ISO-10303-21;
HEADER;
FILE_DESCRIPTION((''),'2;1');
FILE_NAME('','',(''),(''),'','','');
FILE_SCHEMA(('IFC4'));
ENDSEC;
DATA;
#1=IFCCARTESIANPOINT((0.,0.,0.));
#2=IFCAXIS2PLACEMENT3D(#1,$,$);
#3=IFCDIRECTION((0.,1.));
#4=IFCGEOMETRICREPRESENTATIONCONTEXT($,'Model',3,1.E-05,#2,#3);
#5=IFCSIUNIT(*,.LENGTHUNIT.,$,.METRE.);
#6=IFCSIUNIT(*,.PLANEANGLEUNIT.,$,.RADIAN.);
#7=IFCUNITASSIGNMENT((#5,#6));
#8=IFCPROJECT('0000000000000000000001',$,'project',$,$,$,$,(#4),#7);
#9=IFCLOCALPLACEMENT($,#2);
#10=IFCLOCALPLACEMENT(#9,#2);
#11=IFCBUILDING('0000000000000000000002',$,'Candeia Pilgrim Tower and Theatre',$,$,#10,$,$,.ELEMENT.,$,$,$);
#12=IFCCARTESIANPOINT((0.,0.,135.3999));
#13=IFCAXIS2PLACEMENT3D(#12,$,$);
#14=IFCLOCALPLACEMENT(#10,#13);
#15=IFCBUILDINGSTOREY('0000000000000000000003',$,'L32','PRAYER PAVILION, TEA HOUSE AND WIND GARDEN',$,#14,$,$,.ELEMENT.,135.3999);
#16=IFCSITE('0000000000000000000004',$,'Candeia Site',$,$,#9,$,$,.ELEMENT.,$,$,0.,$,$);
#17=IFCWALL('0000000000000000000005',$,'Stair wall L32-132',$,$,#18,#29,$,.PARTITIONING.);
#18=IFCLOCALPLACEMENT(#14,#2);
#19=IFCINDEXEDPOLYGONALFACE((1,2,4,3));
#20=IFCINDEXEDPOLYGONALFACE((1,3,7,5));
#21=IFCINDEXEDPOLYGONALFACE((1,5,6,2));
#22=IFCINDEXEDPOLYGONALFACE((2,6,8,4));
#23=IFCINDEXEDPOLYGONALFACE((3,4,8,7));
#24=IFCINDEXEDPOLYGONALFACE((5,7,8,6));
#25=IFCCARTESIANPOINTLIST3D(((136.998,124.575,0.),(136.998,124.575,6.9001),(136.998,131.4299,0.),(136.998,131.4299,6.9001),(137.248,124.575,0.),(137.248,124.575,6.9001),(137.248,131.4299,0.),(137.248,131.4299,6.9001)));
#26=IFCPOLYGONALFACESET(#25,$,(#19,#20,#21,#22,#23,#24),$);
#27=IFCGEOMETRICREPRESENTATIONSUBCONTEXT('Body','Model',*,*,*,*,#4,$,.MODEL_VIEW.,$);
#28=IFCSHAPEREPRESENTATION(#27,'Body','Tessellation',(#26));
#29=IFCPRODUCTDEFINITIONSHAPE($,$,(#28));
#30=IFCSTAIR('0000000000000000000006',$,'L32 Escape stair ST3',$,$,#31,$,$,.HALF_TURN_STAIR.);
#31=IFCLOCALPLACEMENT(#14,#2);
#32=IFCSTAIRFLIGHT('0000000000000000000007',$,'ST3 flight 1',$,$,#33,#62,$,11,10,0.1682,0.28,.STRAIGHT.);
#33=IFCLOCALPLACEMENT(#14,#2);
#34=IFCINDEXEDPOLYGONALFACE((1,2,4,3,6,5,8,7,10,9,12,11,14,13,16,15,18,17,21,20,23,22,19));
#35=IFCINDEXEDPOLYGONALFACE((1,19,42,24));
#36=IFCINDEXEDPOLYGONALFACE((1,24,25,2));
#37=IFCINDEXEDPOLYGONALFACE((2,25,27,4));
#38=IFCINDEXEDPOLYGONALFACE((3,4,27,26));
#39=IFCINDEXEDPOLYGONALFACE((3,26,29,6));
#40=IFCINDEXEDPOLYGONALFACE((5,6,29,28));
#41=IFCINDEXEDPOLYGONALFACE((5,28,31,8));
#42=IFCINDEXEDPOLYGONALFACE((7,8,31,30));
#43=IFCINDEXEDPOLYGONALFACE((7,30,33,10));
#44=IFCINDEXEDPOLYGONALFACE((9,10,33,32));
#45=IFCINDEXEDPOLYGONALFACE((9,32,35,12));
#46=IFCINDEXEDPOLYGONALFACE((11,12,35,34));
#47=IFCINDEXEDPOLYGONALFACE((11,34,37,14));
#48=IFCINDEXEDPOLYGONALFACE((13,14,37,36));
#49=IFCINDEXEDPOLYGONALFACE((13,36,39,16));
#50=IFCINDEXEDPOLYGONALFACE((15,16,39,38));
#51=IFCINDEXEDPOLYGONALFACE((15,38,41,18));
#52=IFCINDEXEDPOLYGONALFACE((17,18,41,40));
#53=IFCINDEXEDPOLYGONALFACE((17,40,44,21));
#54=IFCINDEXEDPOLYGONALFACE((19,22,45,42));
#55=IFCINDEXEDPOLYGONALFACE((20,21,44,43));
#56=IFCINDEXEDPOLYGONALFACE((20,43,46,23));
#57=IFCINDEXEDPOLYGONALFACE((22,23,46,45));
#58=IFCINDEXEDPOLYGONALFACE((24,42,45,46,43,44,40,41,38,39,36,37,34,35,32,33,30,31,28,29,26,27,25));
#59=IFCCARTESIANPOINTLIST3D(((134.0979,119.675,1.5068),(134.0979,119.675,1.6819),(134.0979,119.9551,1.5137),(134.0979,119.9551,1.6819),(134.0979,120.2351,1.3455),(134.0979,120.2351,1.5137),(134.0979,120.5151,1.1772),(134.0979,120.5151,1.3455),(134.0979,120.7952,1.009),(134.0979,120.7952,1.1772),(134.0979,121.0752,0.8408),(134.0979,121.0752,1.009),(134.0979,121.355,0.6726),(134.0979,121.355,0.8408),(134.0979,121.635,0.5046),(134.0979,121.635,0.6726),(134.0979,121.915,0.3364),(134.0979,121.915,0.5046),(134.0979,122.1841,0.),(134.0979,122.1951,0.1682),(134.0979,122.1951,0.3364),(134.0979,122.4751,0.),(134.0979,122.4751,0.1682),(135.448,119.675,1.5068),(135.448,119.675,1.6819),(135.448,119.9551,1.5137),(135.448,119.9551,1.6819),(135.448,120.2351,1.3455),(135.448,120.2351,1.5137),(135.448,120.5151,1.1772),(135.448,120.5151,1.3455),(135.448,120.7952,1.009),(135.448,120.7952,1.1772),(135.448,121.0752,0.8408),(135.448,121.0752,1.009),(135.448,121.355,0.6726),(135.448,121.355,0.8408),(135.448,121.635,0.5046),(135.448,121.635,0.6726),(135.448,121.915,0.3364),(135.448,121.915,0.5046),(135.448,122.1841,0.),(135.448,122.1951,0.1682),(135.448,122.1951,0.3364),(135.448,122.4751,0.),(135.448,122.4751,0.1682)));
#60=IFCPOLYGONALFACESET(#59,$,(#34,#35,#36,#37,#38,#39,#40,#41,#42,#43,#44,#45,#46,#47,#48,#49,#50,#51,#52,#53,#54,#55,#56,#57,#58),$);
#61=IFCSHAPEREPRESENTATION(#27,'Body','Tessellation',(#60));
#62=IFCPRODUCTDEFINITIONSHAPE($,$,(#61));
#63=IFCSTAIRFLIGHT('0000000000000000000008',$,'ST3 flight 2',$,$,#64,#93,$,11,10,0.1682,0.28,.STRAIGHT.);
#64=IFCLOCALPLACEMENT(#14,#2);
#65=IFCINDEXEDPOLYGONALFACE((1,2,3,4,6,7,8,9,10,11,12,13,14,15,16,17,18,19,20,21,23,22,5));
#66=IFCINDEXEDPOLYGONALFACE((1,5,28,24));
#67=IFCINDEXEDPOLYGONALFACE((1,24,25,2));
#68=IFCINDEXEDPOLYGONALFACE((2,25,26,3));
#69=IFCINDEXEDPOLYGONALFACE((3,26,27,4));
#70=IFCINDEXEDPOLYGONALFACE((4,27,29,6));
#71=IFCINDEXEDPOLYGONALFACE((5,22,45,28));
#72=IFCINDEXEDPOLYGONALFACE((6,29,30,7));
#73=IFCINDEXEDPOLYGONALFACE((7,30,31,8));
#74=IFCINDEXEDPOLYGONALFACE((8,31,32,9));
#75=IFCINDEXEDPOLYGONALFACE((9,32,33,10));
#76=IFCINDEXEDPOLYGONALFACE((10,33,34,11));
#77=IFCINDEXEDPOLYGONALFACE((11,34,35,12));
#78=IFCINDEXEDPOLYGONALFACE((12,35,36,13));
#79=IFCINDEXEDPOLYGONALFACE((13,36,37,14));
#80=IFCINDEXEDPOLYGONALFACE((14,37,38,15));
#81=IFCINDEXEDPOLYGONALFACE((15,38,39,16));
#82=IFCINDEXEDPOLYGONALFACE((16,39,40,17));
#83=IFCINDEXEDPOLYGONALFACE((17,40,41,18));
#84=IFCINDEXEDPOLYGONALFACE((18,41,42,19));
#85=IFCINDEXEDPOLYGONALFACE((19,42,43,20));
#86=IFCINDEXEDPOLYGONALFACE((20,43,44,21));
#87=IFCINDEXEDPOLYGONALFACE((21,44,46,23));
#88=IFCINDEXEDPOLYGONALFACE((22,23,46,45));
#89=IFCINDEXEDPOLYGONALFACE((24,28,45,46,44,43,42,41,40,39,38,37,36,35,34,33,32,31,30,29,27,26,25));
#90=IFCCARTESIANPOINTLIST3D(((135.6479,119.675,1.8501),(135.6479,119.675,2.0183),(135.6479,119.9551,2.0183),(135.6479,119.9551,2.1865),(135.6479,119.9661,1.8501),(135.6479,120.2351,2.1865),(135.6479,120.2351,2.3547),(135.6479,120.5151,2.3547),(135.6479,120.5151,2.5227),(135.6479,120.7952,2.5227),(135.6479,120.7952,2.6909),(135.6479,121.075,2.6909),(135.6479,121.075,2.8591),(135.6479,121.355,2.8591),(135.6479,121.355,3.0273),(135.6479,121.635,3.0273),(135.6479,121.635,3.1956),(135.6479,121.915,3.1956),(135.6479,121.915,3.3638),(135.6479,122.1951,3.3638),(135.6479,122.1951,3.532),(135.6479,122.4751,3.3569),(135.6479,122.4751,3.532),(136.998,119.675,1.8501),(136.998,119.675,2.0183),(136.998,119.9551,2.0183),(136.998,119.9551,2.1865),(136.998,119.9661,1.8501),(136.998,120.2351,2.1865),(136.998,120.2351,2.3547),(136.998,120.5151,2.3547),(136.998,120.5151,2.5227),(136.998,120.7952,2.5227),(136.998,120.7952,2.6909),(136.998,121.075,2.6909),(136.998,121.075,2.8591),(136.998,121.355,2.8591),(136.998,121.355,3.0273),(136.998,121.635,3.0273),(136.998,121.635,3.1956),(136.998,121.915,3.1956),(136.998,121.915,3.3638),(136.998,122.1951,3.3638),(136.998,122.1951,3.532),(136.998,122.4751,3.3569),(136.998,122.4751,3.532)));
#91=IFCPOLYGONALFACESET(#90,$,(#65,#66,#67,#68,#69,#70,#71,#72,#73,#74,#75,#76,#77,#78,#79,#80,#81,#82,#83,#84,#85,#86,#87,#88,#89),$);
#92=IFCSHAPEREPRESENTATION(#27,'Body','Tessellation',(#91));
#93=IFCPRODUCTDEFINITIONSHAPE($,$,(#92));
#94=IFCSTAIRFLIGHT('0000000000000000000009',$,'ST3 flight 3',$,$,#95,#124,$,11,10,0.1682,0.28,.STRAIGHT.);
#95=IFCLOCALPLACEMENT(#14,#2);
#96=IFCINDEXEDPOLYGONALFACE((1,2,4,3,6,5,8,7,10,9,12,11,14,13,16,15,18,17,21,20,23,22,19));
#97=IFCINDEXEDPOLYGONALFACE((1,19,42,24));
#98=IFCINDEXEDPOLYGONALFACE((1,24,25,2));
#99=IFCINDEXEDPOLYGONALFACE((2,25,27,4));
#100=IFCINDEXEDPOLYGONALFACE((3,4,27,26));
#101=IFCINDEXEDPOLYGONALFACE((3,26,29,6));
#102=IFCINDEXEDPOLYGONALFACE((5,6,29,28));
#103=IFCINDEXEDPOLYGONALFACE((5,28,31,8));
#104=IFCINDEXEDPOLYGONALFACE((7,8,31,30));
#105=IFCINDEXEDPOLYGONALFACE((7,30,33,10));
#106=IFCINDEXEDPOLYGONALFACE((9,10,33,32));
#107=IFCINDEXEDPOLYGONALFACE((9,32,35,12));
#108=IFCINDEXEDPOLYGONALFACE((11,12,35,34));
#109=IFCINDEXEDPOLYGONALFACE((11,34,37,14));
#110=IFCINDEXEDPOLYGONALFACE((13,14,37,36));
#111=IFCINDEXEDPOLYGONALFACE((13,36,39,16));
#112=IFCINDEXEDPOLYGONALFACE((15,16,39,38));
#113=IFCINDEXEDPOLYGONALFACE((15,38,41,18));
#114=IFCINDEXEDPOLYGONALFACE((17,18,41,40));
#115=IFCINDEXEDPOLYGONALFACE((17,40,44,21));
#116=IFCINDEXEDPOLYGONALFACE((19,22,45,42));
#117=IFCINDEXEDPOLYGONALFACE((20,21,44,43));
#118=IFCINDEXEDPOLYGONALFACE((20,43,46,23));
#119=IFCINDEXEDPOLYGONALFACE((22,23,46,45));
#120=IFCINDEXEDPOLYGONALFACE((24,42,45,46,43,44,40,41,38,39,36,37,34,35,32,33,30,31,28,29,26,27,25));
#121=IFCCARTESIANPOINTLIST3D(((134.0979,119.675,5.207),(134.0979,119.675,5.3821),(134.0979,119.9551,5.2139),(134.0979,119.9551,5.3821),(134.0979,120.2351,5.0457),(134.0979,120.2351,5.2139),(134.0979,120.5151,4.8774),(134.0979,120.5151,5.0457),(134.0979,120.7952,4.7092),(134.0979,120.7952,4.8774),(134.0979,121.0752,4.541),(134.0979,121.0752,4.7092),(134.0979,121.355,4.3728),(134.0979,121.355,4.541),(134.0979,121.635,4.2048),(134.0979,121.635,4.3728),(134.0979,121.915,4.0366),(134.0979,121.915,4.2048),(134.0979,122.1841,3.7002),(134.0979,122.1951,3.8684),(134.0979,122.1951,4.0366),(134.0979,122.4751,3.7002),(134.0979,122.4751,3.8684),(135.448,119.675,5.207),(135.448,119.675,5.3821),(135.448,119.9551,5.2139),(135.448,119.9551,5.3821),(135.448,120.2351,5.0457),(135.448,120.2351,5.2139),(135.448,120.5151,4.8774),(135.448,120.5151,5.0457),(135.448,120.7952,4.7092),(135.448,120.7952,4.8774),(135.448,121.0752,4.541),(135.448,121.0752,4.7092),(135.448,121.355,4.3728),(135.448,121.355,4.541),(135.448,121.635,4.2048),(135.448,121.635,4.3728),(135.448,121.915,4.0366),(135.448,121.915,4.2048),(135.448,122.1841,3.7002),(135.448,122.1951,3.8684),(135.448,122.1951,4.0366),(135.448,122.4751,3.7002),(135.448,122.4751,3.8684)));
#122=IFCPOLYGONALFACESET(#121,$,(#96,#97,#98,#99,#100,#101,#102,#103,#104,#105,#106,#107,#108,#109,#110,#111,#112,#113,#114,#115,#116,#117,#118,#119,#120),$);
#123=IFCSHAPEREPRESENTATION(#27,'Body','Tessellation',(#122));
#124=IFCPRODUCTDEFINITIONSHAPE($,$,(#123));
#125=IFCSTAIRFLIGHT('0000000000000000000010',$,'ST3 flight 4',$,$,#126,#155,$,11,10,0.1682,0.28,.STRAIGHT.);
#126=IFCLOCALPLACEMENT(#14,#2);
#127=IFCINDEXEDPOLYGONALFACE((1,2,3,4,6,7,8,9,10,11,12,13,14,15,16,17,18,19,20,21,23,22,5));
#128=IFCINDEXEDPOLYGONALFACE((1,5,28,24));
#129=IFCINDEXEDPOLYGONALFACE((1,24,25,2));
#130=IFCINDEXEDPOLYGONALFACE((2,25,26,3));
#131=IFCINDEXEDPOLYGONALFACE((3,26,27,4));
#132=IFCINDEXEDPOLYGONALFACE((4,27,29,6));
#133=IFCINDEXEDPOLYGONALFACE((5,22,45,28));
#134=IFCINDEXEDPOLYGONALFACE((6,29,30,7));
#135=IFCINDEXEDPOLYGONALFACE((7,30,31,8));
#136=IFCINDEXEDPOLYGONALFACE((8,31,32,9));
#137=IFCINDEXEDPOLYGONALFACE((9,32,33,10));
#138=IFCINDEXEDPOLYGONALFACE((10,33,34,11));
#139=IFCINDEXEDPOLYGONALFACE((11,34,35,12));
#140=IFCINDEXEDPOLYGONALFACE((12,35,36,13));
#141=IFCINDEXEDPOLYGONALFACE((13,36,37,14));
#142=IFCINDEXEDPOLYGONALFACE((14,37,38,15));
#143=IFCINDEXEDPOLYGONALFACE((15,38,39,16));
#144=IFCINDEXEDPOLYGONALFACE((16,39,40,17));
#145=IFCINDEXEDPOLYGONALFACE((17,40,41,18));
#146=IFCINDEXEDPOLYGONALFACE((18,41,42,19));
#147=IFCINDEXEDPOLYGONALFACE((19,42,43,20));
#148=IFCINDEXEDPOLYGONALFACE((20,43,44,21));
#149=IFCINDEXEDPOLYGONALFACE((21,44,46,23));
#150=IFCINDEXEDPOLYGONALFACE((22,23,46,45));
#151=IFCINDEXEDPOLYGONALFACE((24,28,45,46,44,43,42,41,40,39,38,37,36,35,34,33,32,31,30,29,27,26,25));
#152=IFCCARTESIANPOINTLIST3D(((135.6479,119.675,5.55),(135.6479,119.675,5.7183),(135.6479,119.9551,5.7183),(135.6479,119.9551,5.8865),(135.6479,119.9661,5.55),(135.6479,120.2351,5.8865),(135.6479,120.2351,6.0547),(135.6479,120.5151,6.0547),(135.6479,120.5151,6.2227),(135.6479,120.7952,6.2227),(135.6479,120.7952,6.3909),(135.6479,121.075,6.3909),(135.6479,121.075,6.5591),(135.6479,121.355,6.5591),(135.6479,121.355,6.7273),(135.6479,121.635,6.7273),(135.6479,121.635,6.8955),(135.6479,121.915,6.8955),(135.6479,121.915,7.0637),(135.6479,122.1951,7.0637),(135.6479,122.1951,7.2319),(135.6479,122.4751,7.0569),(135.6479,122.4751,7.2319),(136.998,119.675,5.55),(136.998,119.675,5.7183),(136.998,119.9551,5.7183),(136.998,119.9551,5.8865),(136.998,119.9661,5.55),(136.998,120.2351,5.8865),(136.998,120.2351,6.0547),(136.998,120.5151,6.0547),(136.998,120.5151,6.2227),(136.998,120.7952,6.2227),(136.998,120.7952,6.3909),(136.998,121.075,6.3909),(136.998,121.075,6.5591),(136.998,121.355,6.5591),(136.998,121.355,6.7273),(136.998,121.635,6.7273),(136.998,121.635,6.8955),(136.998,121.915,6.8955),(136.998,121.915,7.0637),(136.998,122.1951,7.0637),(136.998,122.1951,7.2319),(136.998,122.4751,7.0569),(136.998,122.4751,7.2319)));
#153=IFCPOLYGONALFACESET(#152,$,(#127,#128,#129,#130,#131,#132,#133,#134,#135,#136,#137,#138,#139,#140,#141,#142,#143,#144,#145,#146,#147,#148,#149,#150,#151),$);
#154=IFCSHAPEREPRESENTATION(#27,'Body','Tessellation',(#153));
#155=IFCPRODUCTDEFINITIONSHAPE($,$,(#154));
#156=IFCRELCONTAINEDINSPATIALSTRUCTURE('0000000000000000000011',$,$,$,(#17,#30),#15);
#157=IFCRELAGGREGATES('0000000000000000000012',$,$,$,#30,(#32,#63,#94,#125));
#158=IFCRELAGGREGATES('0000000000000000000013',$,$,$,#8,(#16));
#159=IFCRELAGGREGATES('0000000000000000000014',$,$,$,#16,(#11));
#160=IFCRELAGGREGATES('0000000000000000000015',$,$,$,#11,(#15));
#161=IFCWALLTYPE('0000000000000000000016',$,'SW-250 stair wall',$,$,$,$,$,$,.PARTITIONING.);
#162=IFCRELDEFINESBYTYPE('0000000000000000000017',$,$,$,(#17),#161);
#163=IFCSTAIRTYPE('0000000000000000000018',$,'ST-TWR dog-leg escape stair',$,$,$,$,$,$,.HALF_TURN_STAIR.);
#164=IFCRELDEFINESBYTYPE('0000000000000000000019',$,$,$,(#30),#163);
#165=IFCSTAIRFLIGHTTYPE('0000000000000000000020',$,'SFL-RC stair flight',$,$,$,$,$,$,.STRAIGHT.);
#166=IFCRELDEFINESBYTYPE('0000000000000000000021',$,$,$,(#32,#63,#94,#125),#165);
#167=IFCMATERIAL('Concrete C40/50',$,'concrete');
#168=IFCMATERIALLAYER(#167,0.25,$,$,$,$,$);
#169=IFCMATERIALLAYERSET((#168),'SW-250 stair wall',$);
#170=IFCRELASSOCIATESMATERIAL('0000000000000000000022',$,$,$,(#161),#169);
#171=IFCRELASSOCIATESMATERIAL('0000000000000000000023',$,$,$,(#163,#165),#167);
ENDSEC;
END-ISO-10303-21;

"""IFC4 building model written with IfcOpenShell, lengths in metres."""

from ifc_helpers import new_model, si_unit, direction, frame, frame_2d, origin, place, context, subcontext, project, spatial, polyline, rectangle, outline, extrude, material, layer, layer_set, type_object, element, aggregate, save


model = new_model("IFC4")

# Units and contexts
model_context = context("Model", 3, precision=1e-05, world=origin(), true_north=direction((0.0, 1.0)))
body_context = subcontext(model_context, "Body", "Model", "MODEL_VIEW")
ifc_project = project(units=[si_unit("LENGTHUNIT", "METRE"), si_unit("PLANEANGLEUNIT", "RADIAN")], contexts=[model_context])

# Site, building, storey
site_placement = place(None, origin())
site = spatial("IfcSite", under=ifc_project, at=site_placement, Name="Candeia Site", CompositionType="ELEMENT", RefElevation=0.0)
building_placement = place(site_placement, origin())
building = spatial("IfcBuilding", under=site, at=building_placement, Name="Candeia Pilgrim Tower and Theatre", CompositionType="ELEMENT")
storey_placement = place(building_placement, frame((0.0, 0.0, 135.3999)))
storey = spatial("IfcBuildingStorey", under=building, at=storey_placement, Name="L32", Description="PRAYER PAVILION, TEA HOUSE AND WIND GARDEN", CompositionType="ELEMENT", Elevation=135.3999)

# Wall
ifc_material_1 = material(Name="Concrete C40/50", Category="concrete")
ifc_layer = layer(ifc_material_1, 0.25)
ifc_layer_set = layer_set([ifc_layer], Name="SW-250 stair wall")
wall_type = type_object("IfcWallType", Name="SW-250 stair wall", PredefinedType="PARTITIONING", material=ifc_layer_set)
wall_placement = place(storey_placement, frame((137.123, 124.575, 0.0), z_axis=(0.0, 0.0, 1.0), x_axis=(0.0, 1.0, 0.0)))
element("IfcWall", 1, at=wall_placement, inside=storey, type_object=wall_type, Name="Stair wall L32-132", PredefinedType="PARTITIONING", context=body_context, shape_type="SweptSolid", body=[
    extrude(rectangle(XDim=6.855, YDim=0.25, at=frame_2d((3.4275, 0.0))), origin(), (0.0, 0.0, 1.0), 6.9001),
])

# Stair, stair flights
stair_type = type_object("IfcStairType", Name="ST-TWR dog-leg escape stair", PredefinedType="HALF_TURN_STAIR", material=ifc_material_1)
stair_1_placement = place(storey_placement, origin())
stair_1 = element("IfcStair", 2, at=stair_1_placement, inside=storey, type_object=stair_type, Name="L32 Escape stair ST3", PredefinedType="HALF_TURN_STAIR")
stair_flight_type = type_object("IfcStairFlightType", Name="SFL-RC stair flight", PredefinedType="STRAIGHT", material=ifc_material_1)
stair_flight_1_placement = place(storey_placement, frame((134.7729, 122.4751, 0.0), z_axis=(0.0, 0.0, 1.0), x_axis=(0.0, -1.0, 0.0)))
stair_flight_1 = element("IfcStairFlight", 3, at=stair_flight_1_placement, type_object=stair_flight_type, Name="ST3 flight 1", NumberOfRisers=11, NumberOfTreads=10, PredefinedType="STRAIGHT", RiserHeight=0.1682, TreadLength=0.28, context=body_context, shape_type="SweptSolid", body=[
    extrude(outline(polyline([(0.0, 0.0), (0.0, 0.1682), (0.28, 0.1682), (0.28, 0.3364), (0.5601, 0.3364), (0.5601, 0.5046), (0.8401, 0.5046), (0.8401, 0.6726), (1.1201, 0.6726), (1.1201, 0.8408), (1.3999, 0.8408), (1.3999, 1.009), (1.6799, 1.009), (1.6799, 1.1772), (1.96, 1.1772), (1.96, 1.3455), (2.24, 1.3455), (2.24, 1.5137), (2.52, 1.5137), (2.52, 1.6819), (2.8, 1.6819), (2.8, 1.8501), (2.8, 1.5068), (0.291, 0.0), (0.0, 0.0)])), frame((0.0, 0.675, 0.0), z_axis=(0.0, -1.0, 0.0), x_axis=(1.0, 0.0, 0.0)), (0.0, 0.0, 1.0), 1.3501),
])
stair_flight_2_placement = place(storey_placement, frame((136.323, 119.675, 1.8501), z_axis=(0.0, 0.0, 1.0), x_axis=(0.0, 1.0, 0.0)))
stair_flight_2 = element("IfcStairFlight", 4, at=stair_flight_2_placement, type_object=stair_flight_type, Name="ST3 flight 2", NumberOfRisers=11, NumberOfTreads=10, PredefinedType="STRAIGHT", RiserHeight=0.1682, TreadLength=0.28, context=body_context, shape_type="SweptSolid", body=[
    extrude(outline(polyline([(0.0, 0.0), (0.0, 0.1682), (0.28, 0.1682), (0.28, 0.3364), (0.5601, 0.3364), (0.5601, 0.5046), (0.8401, 0.5046), (0.8401, 0.6726), (1.1201, 0.6726), (1.1201, 0.8408), (1.3999, 0.8408), (1.3999, 1.009), (1.6799, 1.009), (1.6799, 1.1772), (1.96, 1.1772), (1.96, 1.3455), (2.24, 1.3455), (2.24, 1.5137), (2.52, 1.5137), (2.52, 1.6819), (2.8, 1.6819), (2.8, 1.8501), (2.8, 1.5068), (0.291, 0.0), (0.0, 0.0)])), frame((0.0, 0.675, 0.0), z_axis=(0.0, -1.0, 0.0), x_axis=(1.0, 0.0, 0.0)), (0.0, 0.0, 1.0), 1.3501),
])
stair_flight_3_placement = place(storey_placement, frame((134.7729, 122.4751, 3.7002), z_axis=(0.0, 0.0, 1.0), x_axis=(0.0, -1.0, 0.0)))
stair_flight_3 = element("IfcStairFlight", 5, at=stair_flight_3_placement, type_object=stair_flight_type, Name="ST3 flight 3", NumberOfRisers=11, NumberOfTreads=10, PredefinedType="STRAIGHT", RiserHeight=0.1682, TreadLength=0.28, context=body_context, shape_type="SweptSolid", body=[
    extrude(outline(polyline([(0.0, 0.0), (0.0, 0.1682), (0.28, 0.1682), (0.28, 0.3364), (0.5601, 0.3364), (0.5601, 0.5046), (0.8401, 0.5046), (0.8401, 0.6726), (1.1201, 0.6726), (1.1201, 0.8408), (1.3999, 0.8408), (1.3999, 1.009), (1.6799, 1.009), (1.6799, 1.1772), (1.96, 1.1772), (1.96, 1.3455), (2.24, 1.3455), (2.24, 1.5137), (2.52, 1.5137), (2.52, 1.6819), (2.8, 1.6819), (2.8, 1.8501), (2.8, 1.5068), (0.291, 0.0), (0.0, 0.0)])), frame((0.0, 0.675, 0.0), z_axis=(0.0, -1.0, 0.0), x_axis=(1.0, 0.0, 0.0)), (0.0, 0.0, 1.0), 1.3501),
])
stair_flight_4_placement = place(storey_placement, frame((136.323, 119.675, 5.55), z_axis=(0.0, 0.0, 1.0), x_axis=(0.0, 1.0, 0.0)))
stair_flight_4 = element("IfcStairFlight", 6, at=stair_flight_4_placement, type_object=stair_flight_type, Name="ST3 flight 4", NumberOfRisers=11, NumberOfTreads=10, PredefinedType="STRAIGHT", RiserHeight=0.1682, TreadLength=0.28, context=body_context, shape_type="SweptSolid", body=[
    extrude(outline(polyline([(0.0, 0.0), (0.0, 0.1682), (0.28, 0.1682), (0.28, 0.3364), (0.5601, 0.3364), (0.5601, 0.5046), (0.8401, 0.5046), (0.8401, 0.6726), (1.1201, 0.6726), (1.1201, 0.8408), (1.3999, 0.8408), (1.3999, 1.009), (1.6799, 1.009), (1.6799, 1.1772), (1.96, 1.1772), (1.96, 1.3455), (2.24, 1.3455), (2.24, 1.5137), (2.52, 1.5137), (2.52, 1.6819), (2.8, 1.6819), (2.8, 1.8501), (2.8, 1.5068), (0.291, 0.0), (0.0, 0.0)])), frame((0.0, 0.675, 0.0), z_axis=(0.0, -1.0, 0.0), x_axis=(1.0, 0.0, 0.0)), (0.0, 0.0, 1.0), 1.3501),
])
aggregate(stair_1, [stair_flight_1, stair_flight_2, stair_flight_3, stair_flight_4])

save(model, "model.ifc")
